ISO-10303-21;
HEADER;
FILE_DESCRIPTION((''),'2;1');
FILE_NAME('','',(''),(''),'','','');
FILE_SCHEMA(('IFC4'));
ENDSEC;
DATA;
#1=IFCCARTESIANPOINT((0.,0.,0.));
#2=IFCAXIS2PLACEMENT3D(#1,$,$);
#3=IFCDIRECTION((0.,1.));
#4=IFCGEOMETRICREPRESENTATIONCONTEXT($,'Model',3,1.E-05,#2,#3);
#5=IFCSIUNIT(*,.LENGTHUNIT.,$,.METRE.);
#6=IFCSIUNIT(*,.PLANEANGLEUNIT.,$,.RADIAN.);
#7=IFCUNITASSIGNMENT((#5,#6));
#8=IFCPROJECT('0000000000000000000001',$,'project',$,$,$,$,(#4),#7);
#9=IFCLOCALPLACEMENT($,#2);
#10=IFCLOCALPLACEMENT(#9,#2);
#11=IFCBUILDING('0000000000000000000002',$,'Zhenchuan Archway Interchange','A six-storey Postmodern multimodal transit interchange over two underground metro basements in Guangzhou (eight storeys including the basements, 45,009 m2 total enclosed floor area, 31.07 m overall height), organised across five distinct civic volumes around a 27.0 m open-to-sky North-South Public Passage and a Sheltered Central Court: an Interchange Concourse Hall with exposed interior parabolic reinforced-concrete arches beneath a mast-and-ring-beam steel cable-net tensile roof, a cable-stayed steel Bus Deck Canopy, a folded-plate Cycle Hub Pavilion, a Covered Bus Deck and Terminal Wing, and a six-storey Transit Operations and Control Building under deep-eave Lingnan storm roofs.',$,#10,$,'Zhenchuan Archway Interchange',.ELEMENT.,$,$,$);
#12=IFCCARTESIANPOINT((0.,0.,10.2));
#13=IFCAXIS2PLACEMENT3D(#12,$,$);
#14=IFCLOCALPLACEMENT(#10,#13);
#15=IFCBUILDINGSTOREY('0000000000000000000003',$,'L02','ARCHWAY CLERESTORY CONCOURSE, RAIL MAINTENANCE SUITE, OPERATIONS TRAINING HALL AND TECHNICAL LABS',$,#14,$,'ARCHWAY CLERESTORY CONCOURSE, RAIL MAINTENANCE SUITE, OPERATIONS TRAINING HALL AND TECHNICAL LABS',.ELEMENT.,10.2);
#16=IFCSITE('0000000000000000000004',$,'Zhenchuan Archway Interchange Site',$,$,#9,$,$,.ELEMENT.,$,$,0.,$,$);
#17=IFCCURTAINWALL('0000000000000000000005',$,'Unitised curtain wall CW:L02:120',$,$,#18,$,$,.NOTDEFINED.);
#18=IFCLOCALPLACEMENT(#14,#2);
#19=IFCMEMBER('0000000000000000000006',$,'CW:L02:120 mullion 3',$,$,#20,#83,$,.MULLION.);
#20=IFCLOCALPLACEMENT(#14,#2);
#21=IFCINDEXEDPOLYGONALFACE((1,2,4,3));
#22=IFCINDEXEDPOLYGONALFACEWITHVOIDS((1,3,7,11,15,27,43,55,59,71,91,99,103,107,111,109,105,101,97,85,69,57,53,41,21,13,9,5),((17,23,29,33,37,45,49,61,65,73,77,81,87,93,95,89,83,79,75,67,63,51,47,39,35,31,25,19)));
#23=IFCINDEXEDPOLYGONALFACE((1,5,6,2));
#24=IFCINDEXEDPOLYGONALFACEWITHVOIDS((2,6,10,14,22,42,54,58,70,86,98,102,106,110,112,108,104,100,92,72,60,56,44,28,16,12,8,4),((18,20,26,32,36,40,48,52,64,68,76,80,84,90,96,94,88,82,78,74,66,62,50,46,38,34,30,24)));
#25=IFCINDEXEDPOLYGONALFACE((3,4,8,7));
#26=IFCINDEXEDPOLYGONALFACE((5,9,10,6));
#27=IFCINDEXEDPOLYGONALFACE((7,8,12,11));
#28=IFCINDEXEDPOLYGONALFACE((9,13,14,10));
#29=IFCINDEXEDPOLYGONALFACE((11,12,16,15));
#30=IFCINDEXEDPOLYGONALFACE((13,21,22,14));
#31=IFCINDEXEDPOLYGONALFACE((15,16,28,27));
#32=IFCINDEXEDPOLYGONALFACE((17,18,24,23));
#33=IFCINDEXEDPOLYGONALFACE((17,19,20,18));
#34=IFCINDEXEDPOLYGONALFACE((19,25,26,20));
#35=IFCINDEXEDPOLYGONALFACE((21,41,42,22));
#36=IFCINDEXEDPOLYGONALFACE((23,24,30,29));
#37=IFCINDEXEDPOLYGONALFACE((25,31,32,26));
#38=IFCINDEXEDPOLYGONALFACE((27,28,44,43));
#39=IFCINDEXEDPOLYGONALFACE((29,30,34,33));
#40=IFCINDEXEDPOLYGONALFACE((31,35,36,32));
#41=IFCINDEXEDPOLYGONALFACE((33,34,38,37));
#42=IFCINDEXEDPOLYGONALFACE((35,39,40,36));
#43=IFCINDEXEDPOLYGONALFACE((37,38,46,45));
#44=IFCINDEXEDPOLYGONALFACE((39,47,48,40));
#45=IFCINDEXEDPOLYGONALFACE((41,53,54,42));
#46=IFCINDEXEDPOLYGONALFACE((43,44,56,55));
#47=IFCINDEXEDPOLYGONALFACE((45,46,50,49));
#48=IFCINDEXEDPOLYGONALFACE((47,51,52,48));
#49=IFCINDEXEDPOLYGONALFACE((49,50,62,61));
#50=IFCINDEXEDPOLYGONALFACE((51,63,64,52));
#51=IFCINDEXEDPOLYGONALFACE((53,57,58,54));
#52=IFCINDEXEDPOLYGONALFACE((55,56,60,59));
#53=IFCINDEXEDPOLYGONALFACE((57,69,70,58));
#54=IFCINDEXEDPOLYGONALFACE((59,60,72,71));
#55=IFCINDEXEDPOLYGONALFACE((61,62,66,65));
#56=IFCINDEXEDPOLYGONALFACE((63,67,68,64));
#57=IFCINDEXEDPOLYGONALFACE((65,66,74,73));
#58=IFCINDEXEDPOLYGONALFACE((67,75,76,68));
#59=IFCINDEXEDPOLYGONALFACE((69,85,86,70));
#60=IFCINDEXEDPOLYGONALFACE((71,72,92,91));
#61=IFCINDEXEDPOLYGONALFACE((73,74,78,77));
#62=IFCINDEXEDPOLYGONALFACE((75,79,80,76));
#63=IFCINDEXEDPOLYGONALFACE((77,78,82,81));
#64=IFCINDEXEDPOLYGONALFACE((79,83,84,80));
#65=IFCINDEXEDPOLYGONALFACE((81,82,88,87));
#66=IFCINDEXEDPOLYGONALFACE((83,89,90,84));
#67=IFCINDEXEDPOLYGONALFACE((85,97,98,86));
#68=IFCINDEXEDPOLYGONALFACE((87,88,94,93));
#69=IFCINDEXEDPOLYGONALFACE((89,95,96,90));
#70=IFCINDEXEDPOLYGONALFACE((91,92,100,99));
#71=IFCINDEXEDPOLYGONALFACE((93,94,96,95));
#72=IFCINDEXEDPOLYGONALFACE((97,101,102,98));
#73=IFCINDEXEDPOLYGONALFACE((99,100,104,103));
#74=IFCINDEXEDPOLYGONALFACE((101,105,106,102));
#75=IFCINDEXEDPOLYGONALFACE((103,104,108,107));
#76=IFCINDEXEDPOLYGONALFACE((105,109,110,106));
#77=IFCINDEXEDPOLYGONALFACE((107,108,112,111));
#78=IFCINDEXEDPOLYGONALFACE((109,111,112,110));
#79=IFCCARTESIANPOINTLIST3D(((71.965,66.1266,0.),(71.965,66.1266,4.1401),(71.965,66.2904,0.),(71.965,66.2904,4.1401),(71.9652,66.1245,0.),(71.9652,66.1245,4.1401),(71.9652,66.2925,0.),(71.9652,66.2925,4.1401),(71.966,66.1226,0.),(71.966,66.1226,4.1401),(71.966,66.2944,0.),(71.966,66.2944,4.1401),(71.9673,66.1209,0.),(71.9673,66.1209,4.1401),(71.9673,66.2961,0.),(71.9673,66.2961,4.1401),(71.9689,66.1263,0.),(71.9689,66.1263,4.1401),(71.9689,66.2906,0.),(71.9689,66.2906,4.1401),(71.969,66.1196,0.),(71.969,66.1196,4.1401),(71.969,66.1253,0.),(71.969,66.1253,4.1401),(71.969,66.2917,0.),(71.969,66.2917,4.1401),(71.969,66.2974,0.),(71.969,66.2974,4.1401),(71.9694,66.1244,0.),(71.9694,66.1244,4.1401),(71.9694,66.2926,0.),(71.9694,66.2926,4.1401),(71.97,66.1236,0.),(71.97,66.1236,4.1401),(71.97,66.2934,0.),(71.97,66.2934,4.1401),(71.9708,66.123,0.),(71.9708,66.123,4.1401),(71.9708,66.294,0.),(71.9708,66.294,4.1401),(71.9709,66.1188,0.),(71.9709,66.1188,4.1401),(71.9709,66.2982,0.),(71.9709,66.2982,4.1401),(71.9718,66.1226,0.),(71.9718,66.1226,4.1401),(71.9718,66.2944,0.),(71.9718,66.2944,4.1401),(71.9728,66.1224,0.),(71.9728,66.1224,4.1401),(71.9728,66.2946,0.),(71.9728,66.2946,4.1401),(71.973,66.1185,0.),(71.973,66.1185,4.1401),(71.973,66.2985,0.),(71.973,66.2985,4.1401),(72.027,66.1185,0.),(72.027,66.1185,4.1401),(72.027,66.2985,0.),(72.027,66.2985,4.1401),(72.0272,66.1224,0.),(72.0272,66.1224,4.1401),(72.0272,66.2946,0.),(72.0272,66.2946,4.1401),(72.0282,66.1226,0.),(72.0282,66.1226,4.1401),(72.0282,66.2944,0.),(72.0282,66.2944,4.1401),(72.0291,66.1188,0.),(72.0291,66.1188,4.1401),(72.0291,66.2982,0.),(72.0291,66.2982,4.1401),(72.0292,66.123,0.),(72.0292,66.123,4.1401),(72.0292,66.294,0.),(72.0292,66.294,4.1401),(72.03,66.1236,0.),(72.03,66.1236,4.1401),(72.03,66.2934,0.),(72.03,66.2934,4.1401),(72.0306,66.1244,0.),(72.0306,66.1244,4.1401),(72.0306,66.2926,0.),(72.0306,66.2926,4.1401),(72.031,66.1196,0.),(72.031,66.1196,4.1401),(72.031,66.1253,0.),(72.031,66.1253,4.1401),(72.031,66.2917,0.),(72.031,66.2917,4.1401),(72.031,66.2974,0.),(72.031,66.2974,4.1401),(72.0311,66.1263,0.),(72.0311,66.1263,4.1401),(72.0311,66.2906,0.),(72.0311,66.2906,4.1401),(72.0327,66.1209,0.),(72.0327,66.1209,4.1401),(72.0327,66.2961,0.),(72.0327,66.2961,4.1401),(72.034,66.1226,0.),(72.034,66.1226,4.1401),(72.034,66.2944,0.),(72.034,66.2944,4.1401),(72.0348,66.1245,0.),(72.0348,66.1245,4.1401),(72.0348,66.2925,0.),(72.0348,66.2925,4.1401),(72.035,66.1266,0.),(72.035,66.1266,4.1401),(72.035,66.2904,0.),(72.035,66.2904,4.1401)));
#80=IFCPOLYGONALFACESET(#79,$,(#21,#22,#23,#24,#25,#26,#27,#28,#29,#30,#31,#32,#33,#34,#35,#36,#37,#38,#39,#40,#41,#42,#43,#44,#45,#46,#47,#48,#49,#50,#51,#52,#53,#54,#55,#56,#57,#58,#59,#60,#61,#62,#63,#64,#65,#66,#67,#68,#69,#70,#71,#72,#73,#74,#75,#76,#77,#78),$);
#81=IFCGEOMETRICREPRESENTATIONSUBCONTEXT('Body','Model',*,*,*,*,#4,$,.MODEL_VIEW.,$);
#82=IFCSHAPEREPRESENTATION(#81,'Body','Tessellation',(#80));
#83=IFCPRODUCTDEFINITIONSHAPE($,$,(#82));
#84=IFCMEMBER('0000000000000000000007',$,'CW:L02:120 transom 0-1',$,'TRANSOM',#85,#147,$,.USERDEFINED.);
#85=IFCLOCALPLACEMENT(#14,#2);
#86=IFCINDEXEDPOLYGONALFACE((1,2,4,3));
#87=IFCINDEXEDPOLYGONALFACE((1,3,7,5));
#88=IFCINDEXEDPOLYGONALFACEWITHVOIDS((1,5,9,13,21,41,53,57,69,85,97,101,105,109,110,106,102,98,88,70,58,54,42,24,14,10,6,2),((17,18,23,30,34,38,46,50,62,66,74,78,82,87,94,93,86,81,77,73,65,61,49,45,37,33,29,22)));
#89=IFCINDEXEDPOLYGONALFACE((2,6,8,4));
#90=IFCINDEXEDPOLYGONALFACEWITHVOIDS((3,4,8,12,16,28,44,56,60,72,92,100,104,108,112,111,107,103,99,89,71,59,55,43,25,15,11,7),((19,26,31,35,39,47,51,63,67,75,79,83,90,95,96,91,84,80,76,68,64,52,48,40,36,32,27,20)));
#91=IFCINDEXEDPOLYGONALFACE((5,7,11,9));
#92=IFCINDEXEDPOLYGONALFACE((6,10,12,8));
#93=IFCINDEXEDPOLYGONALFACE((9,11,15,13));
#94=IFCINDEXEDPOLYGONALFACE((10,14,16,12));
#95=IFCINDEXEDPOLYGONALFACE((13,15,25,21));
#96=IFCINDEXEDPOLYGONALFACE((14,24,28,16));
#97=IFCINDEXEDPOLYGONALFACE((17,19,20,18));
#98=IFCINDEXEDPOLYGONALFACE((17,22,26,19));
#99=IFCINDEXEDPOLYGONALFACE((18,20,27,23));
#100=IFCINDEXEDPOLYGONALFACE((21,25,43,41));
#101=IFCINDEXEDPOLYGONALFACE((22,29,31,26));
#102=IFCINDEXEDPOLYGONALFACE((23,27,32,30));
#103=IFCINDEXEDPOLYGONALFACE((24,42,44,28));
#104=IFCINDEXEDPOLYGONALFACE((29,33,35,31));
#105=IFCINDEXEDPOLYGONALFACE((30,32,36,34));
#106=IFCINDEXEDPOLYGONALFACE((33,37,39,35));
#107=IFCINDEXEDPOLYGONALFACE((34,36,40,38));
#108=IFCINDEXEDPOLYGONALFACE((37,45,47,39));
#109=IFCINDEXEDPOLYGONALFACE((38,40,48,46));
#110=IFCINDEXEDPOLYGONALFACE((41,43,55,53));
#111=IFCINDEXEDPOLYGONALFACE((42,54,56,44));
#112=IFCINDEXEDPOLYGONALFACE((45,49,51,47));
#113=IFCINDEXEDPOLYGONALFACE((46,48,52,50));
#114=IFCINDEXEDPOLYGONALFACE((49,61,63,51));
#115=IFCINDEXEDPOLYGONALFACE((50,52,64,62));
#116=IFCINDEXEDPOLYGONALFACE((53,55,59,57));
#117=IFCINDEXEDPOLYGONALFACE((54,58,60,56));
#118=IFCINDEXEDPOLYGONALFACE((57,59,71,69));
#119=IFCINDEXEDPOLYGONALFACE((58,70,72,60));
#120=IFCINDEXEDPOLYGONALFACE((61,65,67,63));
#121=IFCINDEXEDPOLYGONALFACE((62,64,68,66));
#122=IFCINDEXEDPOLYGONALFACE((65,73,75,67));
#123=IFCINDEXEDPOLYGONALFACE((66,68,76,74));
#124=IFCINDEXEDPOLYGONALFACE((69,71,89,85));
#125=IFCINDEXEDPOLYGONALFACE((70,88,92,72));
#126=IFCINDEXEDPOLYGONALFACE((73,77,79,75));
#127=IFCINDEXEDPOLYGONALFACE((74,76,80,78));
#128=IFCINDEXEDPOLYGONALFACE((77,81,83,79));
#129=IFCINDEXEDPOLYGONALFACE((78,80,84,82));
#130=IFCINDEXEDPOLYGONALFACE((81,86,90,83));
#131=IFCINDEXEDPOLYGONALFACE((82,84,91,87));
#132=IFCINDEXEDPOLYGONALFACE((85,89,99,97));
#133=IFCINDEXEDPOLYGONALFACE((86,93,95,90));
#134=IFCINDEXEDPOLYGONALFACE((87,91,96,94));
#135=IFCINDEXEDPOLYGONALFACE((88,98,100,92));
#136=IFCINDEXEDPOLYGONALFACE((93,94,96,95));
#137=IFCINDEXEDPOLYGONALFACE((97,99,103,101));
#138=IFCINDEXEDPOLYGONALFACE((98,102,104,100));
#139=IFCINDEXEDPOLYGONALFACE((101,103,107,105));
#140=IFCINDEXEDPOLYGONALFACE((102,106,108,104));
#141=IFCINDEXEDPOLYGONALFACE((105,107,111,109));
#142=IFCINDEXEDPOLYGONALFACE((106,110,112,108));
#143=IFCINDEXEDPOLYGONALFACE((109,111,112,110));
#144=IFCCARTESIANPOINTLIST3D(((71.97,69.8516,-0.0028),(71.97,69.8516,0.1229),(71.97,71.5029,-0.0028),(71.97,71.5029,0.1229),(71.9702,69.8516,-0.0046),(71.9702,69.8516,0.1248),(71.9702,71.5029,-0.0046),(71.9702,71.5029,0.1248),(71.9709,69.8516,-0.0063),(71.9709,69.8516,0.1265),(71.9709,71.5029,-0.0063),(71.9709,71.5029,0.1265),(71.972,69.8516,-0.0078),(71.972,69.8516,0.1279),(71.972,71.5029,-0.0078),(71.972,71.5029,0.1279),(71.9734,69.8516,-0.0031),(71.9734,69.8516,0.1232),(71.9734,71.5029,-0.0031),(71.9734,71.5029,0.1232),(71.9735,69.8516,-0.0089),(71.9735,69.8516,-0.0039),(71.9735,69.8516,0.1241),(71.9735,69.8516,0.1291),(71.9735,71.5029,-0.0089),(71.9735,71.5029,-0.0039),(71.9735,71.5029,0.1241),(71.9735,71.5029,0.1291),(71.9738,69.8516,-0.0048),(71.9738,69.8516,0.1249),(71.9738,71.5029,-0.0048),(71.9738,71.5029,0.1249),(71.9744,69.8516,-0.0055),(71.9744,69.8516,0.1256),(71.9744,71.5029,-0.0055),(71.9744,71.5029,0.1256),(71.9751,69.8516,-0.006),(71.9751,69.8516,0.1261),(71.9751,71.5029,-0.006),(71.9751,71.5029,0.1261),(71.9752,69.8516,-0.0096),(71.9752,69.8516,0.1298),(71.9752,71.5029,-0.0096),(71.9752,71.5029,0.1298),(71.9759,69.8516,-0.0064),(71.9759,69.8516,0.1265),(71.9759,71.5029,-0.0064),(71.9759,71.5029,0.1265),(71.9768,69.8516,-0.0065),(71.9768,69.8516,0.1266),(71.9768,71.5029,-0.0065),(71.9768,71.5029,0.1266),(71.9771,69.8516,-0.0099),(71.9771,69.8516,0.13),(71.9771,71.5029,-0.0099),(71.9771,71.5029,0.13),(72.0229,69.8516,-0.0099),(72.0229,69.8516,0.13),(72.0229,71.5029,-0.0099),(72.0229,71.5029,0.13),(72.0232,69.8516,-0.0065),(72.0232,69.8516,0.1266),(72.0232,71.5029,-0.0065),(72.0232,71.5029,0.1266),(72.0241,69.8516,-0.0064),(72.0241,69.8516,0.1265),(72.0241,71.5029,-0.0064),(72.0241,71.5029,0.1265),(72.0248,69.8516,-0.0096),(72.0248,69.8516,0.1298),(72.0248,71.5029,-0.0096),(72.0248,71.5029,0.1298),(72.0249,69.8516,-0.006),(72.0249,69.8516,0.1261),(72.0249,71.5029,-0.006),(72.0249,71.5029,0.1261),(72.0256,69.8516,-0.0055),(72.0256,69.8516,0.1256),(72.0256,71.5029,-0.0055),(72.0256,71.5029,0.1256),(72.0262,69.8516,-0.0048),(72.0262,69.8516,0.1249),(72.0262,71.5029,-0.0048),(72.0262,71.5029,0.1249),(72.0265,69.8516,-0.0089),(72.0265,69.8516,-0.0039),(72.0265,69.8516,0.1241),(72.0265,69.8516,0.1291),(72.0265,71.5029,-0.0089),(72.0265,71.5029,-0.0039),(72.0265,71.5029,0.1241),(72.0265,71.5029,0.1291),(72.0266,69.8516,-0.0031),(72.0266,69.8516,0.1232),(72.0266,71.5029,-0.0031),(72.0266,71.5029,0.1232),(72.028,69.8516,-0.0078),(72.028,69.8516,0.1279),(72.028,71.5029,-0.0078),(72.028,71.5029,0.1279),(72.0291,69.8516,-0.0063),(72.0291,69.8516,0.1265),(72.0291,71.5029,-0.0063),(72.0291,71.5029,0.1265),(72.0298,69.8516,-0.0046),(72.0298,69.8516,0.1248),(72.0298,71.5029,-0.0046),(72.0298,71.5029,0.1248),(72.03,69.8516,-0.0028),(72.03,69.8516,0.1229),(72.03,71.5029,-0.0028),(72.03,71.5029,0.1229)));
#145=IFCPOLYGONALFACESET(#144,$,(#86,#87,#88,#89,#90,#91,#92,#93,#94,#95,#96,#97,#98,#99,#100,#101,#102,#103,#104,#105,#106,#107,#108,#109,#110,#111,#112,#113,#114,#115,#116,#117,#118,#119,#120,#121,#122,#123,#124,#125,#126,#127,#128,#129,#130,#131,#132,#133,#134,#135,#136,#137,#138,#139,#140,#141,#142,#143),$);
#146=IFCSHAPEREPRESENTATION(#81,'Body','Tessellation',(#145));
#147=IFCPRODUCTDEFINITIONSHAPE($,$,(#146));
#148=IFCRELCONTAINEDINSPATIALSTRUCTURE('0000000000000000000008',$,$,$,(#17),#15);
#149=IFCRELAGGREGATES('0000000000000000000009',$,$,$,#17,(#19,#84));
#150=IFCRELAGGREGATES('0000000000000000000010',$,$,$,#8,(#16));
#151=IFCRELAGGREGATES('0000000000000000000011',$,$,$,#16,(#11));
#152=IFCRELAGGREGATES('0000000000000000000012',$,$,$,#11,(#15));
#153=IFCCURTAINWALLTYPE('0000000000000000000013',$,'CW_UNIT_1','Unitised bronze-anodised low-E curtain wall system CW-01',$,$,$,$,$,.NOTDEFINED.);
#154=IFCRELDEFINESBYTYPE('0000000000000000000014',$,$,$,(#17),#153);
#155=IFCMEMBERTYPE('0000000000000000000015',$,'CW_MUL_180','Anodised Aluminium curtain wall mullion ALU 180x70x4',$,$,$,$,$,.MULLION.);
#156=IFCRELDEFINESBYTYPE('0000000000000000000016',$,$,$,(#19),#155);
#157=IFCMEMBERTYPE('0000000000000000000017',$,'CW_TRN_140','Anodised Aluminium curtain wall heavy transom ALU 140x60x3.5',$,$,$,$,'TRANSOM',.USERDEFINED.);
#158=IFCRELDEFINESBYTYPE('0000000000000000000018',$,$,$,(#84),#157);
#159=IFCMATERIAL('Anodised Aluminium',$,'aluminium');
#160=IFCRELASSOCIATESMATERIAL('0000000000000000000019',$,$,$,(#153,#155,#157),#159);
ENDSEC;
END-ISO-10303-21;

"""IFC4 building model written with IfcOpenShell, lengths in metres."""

from ifc_helpers import new_model, si_unit, direction, frame, origin, origin_2d, place, context, subcontext, project, spatial, hollow_rectangle, extrude, material, material_profile, profile_set, type_object, element, aggregate, save


model = new_model("IFC4")

# Units and contexts
model_context = context("Model", 3, precision=1e-05, world=origin(), true_north=direction((0.0, 1.0)))
body_context = subcontext(model_context, "Body", "Model", "MODEL_VIEW")
ifc_project = project(units=[si_unit("LENGTHUNIT", "METRE"), si_unit("PLANEANGLEUNIT", "RADIAN")], contexts=[model_context])

# Site, building, storey
site_placement = place(None, origin())
site = spatial("IfcSite", under=ifc_project, at=site_placement, Name="Zhenchuan Archway Interchange Site", CompositionType="ELEMENT", RefElevation=0.0)
building_placement = place(site_placement, origin())
building = spatial("IfcBuilding", under=site, at=building_placement, Name="Zhenchuan Archway Interchange", Description="A six-storey Postmodern multimodal transit interchange over two underground metro basements in Guangzhou (eight storeys including the basements, 45,009 m2 total enclosed floor area, 31.07 m overall height), organised across five distinct civic volumes around a 27.0 m open-to-sky North-South Public Passage and a Sheltered Central Court: an Interchange Concourse Hall with exposed interior parabolic reinforced-concrete arches beneath a mast-and-ring-beam steel cable-net tensile roof, a cable-stayed steel Bus Deck Canopy, a folded-plate Cycle Hub Pavilion, a Covered Bus Deck and Terminal Wing, and a six-storey Transit Operations and Control Building under deep-eave Lingnan storm roofs.", LongName="Zhenchuan Archway Interchange", CompositionType="ELEMENT")
storey_placement = place(building_placement, frame((0.0, 0.0, 10.2)))
storey = spatial("IfcBuildingStorey", under=building, at=storey_placement, Name="L02", Description="ARCHWAY CLERESTORY CONCOURSE, RAIL MAINTENANCE SUITE, OPERATIONS TRAINING HALL AND TECHNICAL LABS", LongName="ARCHWAY CLERESTORY CONCOURSE, RAIL MAINTENANCE SUITE, OPERATIONS TRAINING HALL AND TECHNICAL LABS", CompositionType="ELEMENT", Elevation=10.2)

# Curtain wall, members
ifc_material_1 = material(Name="Anodised Aluminium", Category="aluminium")
curtain_wall_type = type_object("IfcCurtainWallType", Name="CW_UNIT_1", Description="Unitised bronze-anodised low-E curtain wall system CW-01", PredefinedType="NOTDEFINED", material=ifc_material_1)
curtain_wall_placement = place(storey_placement, origin())
curtain_wall = element("IfcCurtainWall", 1, at=curtain_wall_placement, inside=storey, type_object=curtain_wall_type, Name="Unitised curtain wall CW:L02:120", PredefinedType="NOTDEFINED")
ifc_material_profile_1 = material_profile(ifc_material_1, hollow_rectangle(XDim=0.0701, YDim=0.1799, WallThickness=0.0039, InnerFilletRadius=0.0039, OuterFilletRadius=0.0081, at=origin_2d()), Name="ALU 180x70x4")
ifc_profile_set_1 = profile_set([ifc_material_profile_1], Name="Anodised Aluminium")
member_type_1 = type_object("IfcMemberType", Name="CW_MUL_180", Description="Anodised Aluminium curtain wall mullion ALU 180x70x4", PredefinedType="MULLION", material=ifc_profile_set_1)
member_1_placement = place(storey_placement, frame((72.0, 66.2085, 0.0), z_axis=(0.0, 0.0, 1.0), x_axis=(1.0, 0.0, 0.0)))
member_1 = element("IfcMember", 2, at=member_1_placement, type_object=member_type_1, Name="CW:L02:120 mullion 3", PredefinedType="MULLION", context=body_context, shape_type="SweptSolid", body=[
    extrude(hollow_rectangle(XDim=0.0701, YDim=0.1799, WallThickness=0.0039, InnerFilletRadius=0.0039, OuterFilletRadius=0.0081, at=origin_2d()), origin(), (0.0, 0.0, 1.0), 4.1401),
])
ifc_material_profile_2 = material_profile(ifc_material_1, hollow_rectangle(XDim=0.0601, YDim=0.1399, WallThickness=0.0034, InnerFilletRadius=0.0034, OuterFilletRadius=0.0071, at=origin_2d()), Name="ALU 140x60x3.5")
ifc_profile_set_2 = profile_set([ifc_material_profile_2], Name="Anodised Aluminium")
member_type_2 = type_object("IfcMemberType", Name="CW_TRN_140", Description="Anodised Aluminium curtain wall heavy transom ALU 140x60x3.5", ElementType="TRANSOM", PredefinedType="USERDEFINED", material=ifc_profile_set_2)
member_2_placement = place(storey_placement, frame((72.0, 71.5029, 0.0601), z_axis=(0.0, -1.0, 0.0), x_axis=(1.0, 0.0, 0.0)))
member_2 = element("IfcMember", 3, at=member_2_placement, type_object=member_type_2, Name="CW:L02:120 transom 0-1", ObjectType="TRANSOM", PredefinedType="USERDEFINED", context=body_context, shape_type="SweptSolid", body=[
    extrude(hollow_rectangle(XDim=0.0601, YDim=0.1399, WallThickness=0.0034, InnerFilletRadius=0.0034, OuterFilletRadius=0.0071, at=origin_2d()), origin(), (0.0, 0.0, 1.0), 1.6514),
])
aggregate(curtain_wall, [member_1, member_2])

save(model, "model.ifc")
